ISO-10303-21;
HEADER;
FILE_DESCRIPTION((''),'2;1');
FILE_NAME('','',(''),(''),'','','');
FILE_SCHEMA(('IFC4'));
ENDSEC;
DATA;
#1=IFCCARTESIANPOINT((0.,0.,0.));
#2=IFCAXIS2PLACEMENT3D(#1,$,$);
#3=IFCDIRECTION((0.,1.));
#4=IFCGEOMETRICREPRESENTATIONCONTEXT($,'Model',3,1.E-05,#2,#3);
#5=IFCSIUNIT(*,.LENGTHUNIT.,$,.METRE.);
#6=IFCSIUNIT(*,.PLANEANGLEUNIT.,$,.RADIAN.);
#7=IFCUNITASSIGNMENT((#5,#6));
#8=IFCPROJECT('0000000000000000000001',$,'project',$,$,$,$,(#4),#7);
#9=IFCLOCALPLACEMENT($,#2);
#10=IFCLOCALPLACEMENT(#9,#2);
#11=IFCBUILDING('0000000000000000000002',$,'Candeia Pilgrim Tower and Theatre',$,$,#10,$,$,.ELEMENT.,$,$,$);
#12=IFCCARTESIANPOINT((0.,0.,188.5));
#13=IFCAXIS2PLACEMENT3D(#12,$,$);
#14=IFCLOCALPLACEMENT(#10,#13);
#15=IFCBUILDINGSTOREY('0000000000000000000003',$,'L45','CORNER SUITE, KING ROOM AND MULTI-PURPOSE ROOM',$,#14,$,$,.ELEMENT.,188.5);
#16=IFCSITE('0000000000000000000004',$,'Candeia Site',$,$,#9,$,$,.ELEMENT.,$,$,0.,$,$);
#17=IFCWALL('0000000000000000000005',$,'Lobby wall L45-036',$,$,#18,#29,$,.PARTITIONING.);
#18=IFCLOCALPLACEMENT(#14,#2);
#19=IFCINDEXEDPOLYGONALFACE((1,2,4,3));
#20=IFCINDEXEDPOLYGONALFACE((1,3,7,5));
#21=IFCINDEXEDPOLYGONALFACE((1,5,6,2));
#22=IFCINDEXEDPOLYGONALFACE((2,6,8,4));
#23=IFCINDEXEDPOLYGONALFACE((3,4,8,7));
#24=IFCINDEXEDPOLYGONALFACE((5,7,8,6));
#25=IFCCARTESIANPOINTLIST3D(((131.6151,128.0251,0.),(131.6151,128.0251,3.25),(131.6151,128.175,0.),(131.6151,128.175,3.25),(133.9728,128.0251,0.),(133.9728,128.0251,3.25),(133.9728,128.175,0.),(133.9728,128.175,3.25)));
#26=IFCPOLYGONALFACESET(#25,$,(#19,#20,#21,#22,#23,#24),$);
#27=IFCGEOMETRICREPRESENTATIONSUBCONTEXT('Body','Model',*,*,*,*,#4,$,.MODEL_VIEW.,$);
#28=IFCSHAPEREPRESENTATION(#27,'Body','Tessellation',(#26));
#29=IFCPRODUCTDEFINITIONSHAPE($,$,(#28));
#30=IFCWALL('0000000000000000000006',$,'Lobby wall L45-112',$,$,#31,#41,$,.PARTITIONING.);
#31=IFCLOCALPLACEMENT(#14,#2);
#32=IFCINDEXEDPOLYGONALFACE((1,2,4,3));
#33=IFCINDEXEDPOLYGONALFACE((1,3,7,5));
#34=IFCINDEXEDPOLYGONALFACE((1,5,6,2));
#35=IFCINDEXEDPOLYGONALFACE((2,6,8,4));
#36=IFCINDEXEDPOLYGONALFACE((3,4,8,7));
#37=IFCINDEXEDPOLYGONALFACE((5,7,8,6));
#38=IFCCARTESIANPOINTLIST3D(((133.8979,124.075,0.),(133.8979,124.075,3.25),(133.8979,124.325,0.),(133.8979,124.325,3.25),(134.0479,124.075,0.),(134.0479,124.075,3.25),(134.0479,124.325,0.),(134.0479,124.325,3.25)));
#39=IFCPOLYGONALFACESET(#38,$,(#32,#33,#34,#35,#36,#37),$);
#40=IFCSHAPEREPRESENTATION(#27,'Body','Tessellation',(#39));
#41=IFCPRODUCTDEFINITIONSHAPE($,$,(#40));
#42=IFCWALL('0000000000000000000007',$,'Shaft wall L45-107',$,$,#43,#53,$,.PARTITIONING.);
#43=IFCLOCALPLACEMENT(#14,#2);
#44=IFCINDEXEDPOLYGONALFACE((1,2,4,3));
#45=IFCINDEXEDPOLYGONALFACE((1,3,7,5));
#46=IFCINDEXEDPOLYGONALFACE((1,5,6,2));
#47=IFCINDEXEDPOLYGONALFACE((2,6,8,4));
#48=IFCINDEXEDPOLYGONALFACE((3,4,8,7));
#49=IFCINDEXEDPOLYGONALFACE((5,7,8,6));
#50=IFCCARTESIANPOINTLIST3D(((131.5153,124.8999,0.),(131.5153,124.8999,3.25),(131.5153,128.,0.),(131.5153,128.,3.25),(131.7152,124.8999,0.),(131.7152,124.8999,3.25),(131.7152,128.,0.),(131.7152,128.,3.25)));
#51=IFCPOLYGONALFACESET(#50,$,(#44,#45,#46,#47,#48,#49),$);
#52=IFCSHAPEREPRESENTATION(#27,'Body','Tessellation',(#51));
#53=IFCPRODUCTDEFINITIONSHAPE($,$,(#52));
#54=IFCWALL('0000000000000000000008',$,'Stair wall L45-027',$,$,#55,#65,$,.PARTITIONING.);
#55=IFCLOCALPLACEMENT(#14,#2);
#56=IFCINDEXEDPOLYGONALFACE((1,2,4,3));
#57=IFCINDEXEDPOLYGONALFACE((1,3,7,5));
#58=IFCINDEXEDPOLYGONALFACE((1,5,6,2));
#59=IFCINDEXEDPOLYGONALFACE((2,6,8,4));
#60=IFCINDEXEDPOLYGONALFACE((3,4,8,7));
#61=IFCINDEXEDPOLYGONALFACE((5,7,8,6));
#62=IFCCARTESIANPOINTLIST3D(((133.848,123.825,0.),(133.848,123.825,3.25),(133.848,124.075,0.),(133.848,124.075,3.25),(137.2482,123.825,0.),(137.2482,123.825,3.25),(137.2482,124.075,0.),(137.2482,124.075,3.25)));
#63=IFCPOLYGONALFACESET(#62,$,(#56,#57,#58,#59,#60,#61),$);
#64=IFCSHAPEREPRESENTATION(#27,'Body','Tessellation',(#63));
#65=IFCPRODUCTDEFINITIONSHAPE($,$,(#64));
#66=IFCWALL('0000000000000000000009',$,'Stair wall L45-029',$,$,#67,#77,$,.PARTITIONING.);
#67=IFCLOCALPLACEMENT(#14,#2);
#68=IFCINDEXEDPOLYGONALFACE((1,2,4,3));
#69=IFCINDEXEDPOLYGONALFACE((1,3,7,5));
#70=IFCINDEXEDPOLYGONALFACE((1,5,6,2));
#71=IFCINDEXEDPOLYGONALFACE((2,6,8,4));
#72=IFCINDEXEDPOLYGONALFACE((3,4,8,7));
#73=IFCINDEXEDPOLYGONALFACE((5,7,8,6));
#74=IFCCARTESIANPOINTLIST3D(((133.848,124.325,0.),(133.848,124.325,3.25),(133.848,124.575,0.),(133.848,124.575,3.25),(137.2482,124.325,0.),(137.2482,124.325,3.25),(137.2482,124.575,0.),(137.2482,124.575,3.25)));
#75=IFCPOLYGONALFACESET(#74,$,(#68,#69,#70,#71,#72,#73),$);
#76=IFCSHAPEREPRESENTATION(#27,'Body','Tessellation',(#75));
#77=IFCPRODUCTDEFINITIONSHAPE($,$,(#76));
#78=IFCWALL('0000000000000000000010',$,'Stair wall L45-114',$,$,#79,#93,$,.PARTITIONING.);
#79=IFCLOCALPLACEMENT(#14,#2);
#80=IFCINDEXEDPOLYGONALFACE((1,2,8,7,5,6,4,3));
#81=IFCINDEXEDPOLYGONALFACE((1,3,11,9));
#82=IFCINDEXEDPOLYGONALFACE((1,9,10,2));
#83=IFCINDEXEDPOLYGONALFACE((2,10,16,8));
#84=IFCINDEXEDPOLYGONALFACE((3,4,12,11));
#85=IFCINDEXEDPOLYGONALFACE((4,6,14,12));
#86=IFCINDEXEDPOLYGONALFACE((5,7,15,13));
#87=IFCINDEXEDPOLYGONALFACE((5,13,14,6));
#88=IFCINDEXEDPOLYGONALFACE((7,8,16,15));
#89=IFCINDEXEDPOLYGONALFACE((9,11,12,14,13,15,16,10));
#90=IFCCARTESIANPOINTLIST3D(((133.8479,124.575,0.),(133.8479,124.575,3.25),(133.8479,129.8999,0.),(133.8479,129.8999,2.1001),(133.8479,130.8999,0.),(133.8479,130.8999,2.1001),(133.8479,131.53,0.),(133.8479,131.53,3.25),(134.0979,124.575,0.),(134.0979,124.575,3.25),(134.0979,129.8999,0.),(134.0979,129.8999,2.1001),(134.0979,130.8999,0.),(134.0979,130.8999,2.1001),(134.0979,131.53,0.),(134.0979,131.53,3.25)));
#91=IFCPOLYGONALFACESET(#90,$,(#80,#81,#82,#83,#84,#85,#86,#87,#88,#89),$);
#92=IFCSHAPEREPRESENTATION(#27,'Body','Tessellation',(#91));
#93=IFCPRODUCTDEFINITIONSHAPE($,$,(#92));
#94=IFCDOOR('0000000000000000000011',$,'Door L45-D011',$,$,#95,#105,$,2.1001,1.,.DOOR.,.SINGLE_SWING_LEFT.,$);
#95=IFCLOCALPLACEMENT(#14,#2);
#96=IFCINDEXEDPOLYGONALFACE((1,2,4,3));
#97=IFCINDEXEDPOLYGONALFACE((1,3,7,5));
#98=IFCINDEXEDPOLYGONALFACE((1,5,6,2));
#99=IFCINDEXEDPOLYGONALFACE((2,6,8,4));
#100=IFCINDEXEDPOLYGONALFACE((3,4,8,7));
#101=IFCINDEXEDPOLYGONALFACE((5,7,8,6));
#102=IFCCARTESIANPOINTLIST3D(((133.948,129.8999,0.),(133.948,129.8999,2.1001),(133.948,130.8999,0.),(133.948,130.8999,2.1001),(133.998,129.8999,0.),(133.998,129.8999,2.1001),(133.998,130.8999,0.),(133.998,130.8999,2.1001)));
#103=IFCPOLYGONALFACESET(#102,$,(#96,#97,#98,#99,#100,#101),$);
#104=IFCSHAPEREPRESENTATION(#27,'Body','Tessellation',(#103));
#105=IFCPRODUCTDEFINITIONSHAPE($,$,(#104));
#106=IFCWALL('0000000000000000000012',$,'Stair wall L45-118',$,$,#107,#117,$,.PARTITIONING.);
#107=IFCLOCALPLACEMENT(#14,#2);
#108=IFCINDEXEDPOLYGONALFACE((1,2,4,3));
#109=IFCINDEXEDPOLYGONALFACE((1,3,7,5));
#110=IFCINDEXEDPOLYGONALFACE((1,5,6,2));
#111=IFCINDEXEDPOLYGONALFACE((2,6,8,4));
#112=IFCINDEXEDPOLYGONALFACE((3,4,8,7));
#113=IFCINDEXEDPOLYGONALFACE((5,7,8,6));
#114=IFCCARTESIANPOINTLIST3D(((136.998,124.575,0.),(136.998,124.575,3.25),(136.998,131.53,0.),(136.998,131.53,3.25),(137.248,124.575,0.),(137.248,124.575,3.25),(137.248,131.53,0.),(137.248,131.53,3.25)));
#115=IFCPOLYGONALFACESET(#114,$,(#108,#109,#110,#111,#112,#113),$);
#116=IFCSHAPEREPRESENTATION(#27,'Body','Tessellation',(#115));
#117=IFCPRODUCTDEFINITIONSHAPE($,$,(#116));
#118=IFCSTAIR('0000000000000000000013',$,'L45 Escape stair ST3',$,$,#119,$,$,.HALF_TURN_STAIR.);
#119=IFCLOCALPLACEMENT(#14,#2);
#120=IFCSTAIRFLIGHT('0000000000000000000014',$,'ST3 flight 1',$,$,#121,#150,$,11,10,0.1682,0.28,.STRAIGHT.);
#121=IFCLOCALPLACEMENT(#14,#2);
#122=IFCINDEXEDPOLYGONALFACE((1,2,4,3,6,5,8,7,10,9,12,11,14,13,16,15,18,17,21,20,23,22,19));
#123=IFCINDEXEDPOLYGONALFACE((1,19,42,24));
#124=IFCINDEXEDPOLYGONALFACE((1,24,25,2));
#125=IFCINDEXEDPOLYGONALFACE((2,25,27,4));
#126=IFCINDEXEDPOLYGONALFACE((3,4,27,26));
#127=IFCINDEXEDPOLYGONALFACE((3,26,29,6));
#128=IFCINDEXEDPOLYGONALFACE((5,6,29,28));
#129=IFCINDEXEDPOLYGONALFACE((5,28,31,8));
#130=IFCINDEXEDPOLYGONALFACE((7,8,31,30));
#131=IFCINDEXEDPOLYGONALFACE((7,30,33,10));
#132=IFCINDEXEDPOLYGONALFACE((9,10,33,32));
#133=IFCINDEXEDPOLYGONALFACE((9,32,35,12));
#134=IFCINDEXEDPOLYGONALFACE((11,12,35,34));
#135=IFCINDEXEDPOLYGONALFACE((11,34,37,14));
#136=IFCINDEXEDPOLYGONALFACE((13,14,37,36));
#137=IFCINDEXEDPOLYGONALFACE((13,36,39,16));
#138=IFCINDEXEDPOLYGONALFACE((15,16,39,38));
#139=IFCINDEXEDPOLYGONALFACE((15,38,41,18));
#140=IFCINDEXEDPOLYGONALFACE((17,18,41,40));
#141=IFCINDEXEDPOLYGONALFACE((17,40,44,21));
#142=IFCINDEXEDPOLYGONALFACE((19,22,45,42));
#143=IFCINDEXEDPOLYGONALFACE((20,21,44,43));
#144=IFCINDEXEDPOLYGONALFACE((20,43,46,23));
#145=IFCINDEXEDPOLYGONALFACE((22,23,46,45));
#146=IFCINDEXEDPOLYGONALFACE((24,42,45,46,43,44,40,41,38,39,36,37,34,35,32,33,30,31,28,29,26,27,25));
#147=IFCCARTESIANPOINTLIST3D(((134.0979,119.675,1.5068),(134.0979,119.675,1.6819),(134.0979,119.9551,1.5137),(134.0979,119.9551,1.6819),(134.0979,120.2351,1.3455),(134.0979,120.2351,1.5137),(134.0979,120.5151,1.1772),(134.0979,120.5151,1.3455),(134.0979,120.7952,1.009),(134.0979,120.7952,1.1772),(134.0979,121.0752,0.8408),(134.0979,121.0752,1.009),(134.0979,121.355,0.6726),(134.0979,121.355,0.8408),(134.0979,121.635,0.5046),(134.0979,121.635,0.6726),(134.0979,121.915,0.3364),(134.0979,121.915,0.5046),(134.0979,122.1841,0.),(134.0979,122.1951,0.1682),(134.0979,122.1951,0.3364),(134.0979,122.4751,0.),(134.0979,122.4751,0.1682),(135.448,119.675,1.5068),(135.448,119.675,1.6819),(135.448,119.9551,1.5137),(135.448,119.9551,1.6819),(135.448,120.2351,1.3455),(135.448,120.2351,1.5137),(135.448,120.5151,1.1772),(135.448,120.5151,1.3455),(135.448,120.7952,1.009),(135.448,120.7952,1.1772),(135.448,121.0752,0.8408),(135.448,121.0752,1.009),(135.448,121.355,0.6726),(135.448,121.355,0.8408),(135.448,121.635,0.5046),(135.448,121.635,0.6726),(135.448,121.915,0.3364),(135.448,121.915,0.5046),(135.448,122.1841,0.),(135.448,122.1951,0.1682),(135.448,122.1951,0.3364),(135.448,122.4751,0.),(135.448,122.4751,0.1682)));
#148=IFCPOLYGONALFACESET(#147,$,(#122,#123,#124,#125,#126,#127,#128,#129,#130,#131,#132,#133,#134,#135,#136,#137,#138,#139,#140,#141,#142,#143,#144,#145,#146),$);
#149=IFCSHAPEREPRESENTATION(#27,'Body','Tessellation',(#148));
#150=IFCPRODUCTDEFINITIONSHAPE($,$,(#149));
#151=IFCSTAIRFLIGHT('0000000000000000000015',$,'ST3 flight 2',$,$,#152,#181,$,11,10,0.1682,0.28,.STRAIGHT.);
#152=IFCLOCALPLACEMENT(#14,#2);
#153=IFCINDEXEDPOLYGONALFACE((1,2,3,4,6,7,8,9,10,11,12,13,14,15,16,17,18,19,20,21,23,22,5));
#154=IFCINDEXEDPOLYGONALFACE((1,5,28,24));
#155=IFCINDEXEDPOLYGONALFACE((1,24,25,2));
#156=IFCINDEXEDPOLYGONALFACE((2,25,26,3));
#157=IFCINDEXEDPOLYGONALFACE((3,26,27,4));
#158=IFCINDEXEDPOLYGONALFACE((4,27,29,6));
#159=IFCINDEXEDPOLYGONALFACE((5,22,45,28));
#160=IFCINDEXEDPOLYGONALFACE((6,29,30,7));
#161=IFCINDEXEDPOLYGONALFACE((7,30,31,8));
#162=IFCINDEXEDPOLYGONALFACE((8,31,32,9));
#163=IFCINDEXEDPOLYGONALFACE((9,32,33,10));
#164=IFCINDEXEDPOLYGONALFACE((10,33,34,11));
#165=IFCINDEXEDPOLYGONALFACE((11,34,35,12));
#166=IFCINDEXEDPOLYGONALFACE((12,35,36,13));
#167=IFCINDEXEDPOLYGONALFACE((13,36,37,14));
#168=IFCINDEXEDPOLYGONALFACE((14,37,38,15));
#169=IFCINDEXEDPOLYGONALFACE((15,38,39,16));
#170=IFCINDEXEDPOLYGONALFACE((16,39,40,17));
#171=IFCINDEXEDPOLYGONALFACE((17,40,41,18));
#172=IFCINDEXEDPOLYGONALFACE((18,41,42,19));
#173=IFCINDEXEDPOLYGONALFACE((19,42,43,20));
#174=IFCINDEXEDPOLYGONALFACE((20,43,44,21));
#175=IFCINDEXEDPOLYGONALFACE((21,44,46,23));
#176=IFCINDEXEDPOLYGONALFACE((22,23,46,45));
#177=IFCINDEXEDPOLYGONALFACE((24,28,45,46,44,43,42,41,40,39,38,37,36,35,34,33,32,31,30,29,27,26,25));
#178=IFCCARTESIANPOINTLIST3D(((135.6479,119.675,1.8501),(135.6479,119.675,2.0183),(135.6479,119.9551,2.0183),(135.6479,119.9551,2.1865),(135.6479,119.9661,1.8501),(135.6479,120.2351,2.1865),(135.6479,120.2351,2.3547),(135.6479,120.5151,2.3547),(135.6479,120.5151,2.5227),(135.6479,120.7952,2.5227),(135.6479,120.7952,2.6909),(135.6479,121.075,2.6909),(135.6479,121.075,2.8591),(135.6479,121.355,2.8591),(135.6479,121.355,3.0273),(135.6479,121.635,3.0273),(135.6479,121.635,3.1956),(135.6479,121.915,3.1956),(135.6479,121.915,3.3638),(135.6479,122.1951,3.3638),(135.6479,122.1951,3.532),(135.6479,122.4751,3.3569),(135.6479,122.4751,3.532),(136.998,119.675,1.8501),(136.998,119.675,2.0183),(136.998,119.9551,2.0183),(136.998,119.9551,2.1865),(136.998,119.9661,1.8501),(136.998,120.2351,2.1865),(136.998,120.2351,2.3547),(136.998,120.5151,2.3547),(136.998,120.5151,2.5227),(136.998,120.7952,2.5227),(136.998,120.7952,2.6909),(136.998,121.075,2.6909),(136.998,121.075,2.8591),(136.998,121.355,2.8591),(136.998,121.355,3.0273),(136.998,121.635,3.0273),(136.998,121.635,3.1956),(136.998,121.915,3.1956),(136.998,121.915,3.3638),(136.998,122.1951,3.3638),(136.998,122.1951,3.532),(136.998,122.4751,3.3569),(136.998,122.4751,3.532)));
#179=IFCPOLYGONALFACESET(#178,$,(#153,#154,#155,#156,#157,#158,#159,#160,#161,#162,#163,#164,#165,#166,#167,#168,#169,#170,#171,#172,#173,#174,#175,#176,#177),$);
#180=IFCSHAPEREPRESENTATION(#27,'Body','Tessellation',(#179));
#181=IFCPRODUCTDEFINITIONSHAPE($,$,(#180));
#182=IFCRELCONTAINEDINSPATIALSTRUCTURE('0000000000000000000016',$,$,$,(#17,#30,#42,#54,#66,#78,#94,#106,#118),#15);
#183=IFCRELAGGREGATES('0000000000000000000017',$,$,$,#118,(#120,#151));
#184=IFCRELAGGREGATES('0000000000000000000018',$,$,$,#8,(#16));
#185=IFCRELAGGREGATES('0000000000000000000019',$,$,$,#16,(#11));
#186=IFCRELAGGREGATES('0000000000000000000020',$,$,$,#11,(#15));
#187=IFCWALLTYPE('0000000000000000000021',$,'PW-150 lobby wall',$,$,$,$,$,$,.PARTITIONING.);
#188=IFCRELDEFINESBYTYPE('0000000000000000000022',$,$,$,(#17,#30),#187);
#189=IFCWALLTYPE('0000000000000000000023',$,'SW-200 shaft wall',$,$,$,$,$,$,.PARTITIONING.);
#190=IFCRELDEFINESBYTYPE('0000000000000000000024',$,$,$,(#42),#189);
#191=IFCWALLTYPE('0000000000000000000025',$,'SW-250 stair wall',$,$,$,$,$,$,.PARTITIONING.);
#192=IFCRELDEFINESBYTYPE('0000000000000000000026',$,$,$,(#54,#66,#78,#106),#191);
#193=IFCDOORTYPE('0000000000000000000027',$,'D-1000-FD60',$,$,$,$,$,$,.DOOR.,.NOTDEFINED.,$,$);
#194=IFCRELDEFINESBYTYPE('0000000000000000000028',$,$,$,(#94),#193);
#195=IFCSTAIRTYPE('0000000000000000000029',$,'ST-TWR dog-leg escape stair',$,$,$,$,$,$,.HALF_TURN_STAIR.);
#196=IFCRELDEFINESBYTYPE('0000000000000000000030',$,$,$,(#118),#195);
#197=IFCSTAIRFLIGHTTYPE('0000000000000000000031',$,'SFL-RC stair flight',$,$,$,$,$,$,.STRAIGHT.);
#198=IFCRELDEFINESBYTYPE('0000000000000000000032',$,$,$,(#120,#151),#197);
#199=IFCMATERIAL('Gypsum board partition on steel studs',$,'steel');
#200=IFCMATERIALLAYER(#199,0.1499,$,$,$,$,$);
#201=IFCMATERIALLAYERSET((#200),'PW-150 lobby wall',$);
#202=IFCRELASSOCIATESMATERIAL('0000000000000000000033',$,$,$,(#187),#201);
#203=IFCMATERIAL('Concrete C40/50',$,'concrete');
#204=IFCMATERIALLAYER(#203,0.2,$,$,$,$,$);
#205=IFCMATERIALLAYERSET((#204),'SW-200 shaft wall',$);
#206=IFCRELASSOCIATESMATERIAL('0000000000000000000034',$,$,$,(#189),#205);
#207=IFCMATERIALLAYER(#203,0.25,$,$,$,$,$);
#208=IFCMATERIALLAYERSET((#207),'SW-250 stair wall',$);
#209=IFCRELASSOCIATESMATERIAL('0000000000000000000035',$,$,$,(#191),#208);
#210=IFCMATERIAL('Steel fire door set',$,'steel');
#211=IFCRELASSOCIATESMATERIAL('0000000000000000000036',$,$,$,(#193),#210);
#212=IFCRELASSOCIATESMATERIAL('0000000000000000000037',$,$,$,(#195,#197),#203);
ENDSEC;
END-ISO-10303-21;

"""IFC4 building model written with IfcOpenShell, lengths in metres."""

from ifc_helpers import new_model, si_unit, direction, frame, frame_2d, origin, place, context, subcontext, project, spatial, polyline, rectangle, outline, extrude, material, layer, layer_set, type_object, element, fill, aggregate, save


model = new_model("IFC4")

# Units and contexts
model_context = context("Model", 3, precision=1e-05, world=origin(), true_north=direction((0.0, 1.0)))
body_context = subcontext(model_context, "Body", "Model", "MODEL_VIEW")
ifc_project = project(units=[si_unit("LENGTHUNIT", "METRE"), si_unit("PLANEANGLEUNIT", "RADIAN")], contexts=[model_context])

# Site, building, storey
site_placement = place(None, origin())
site = spatial("IfcSite", under=ifc_project, at=site_placement, Name="Candeia Site", CompositionType="ELEMENT", RefElevation=0.0)
building_placement = place(site_placement, origin())
building = spatial("IfcBuilding", under=site, at=building_placement, Name="Candeia Pilgrim Tower and Theatre", CompositionType="ELEMENT")
storey_placement = place(building_placement, frame((0.0, 0.0, 188.5)))
storey = spatial("IfcBuildingStorey", under=building, at=storey_placement, Name="L45", Description="CORNER SUITE, KING ROOM AND MULTI-PURPOSE ROOM", CompositionType="ELEMENT", Elevation=188.5)

# Walls
ifc_material_1 = material(Name="Gypsum board partition on steel studs", Category="steel")
ifc_layer_1 = layer(ifc_material_1, 0.1499)
ifc_layer_set_1 = layer_set([ifc_layer_1], Name="PW-150 lobby wall")
wall_type_1 = type_object("IfcWallType", Name="PW-150 lobby wall", PredefinedType="PARTITIONING", material=ifc_layer_set_1)
wall_1_placement = place(storey_placement, frame((131.6152, 128.1001, 0.0), z_axis=(0.0, 0.0, 1.0), x_axis=(1.0, 0.0, 0.0)))
element("IfcWall", 1, at=wall_1_placement, inside=storey, type_object=wall_type_1, Name="Lobby wall L45-036", PredefinedType="PARTITIONING", context=body_context, shape_type="SweptSolid", body=[
    extrude(rectangle(XDim=2.3577, YDim=0.1499, at=frame_2d((1.1787, 0.0))), origin(), (0.0, 0.0, 1.0), 3.25),
])
wall_2_placement = place(storey_placement, frame((133.9729, 124.075, 0.0), z_axis=(0.0, 0.0, 1.0), x_axis=(0.0, 1.0, 0.0)))
element("IfcWall", 2, at=wall_2_placement, inside=storey, type_object=wall_type_1, Name="Lobby wall L45-112", PredefinedType="PARTITIONING", context=body_context, shape_type="SweptSolid", body=[
    extrude(rectangle(XDim=0.25, YDim=0.1499, at=frame_2d((0.125, 0.0))), origin(), (0.0, 0.0, 1.0), 3.25),
])
ifc_material_2 = material(Name="Concrete C40/50", Category="concrete")
ifc_layer_2 = layer(ifc_material_2, 0.2)
ifc_layer_set_2 = layer_set([ifc_layer_2], Name="SW-200 shaft wall")
wall_type_2 = type_object("IfcWallType", Name="SW-200 shaft wall", PredefinedType="PARTITIONING", material=ifc_layer_set_2)
wall_3_placement = place(storey_placement, frame((131.6152, 124.8999, 0.0), z_axis=(0.0, 0.0, 1.0), x_axis=(0.0, 1.0, 0.0)))
element("IfcWall", 3, at=wall_3_placement, inside=storey, type_object=wall_type_2, Name="Shaft wall L45-107", PredefinedType="PARTITIONING", context=body_context, shape_type="SweptSolid", body=[
    extrude(rectangle(XDim=3.1001, YDim=0.2, at=frame_2d((1.55, 0.0))), origin(), (0.0, 0.0, 1.0), 3.25),
])
ifc_layer_3 = layer(ifc_material_2, 0.25)
ifc_layer_set_3 = layer_set([ifc_layer_3], Name="SW-250 stair wall")
wall_type_3 = type_object("IfcWallType", Name="SW-250 stair wall", PredefinedType="PARTITIONING", material=ifc_layer_set_3)
for number, where, z_axis, x_axis, name in (
    (4, (133.8479, 123.95, 0.0), (0.0, 0.0, 1.0), (1.0, 0.0, 0.0), "Stair wall L45-027"),
    (5, (133.8479, 124.45, 0.0), (0.0, 0.0, 1.0), (1.0, 0.0, 0.0), "Stair wall L45-029"),
):
    element("IfcWall", number, at=place(storey_placement, frame(where, z_axis=z_axis, x_axis=x_axis)), inside=storey, type_object=wall_type_3, Name=name, PredefinedType="PARTITIONING", context=body_context, shape_type="SweptSolid", body=[
        extrude(rectangle(XDim=3.4001, YDim=0.25, at=frame_2d((1.7002, 0.0))), origin(), (0.0, 0.0, 1.0), 3.25),
    ])

# Wall, opening, door
wall_4_placement = place(storey_placement, frame((133.9729, 124.575, 0.0), z_axis=(0.0, 0.0, 1.0), x_axis=(0.0, 1.0, 0.0)))
wall_4 = element("IfcWall", 6, at=wall_4_placement, inside=storey, type_object=wall_type_3, Name="Stair wall L45-114", PredefinedType="PARTITIONING", context=body_context, shape_type="SweptSolid", body=[
    extrude(rectangle(XDim=6.9551, YDim=0.25, at=frame_2d((3.4775, 0.0))), origin(), (0.0, 0.0, 1.0), 3.25),
])
opening_placement = place(wall_4_placement, frame((5.325, 0.0, 0.0)))
opening = element("IfcOpeningElement", 7, at=opening_placement, cuts=wall_4, PredefinedType="OPENING", context=body_context, shape_type="SweptSolid", body=[
    extrude(rectangle(XDim=1.0, YDim=2.1001, at=frame_2d((0.5, 1.05))), frame((0.0, 0.135, 0.0), z_axis=(0.0, -1.0, 0.0), x_axis=(1.0, 0.0, 0.0)), (0.0, 0.0, 1.0), 0.27),
])
ifc_material_3 = material(Name="Steel fire door set", Category="steel")
door_type = type_object("IfcDoorType", Name="D-1000-FD60", OperationType="NOTDEFINED", PredefinedType="DOOR", material=ifc_material_3)
door_placement = place(opening_placement, origin())
door = element("IfcDoor", 8, at=door_placement, inside=storey, type_object=door_type, Name="Door L45-D011", OperationType="SINGLE_SWING_LEFT", OverallHeight=2.1001, OverallWidth=1.0, PredefinedType="DOOR", context=body_context, shape_type="SweptSolid", body=[
    extrude(rectangle(XDim=1.0, YDim=2.1001, at=frame_2d((0.5, 1.05))), frame((0.0, 0.0249, 0.0), z_axis=(0.0, -1.0, 0.0), x_axis=(1.0, 0.0, 0.0)), (0.0, 0.0, 1.0), 0.05),
])
fill(opening, door)

# Wall
wall_5_placement = place(storey_placement, frame((137.123, 124.575, 0.0), z_axis=(0.0, 0.0, 1.0), x_axis=(0.0, 1.0, 0.0)))
element("IfcWall", 9, at=wall_5_placement, inside=storey, type_object=wall_type_3, Name="Stair wall L45-118", PredefinedType="PARTITIONING", context=body_context, shape_type="SweptSolid", body=[
    extrude(rectangle(XDim=6.9551, YDim=0.25, at=frame_2d((3.4775, 0.0))), origin(), (0.0, 0.0, 1.0), 3.25),
])

# Stair, stair flights
stair_type = type_object("IfcStairType", Name="ST-TWR dog-leg escape stair", PredefinedType="HALF_TURN_STAIR", material=ifc_material_2)
stair_1_placement = place(storey_placement, origin())
stair_1 = element("IfcStair", 10, at=stair_1_placement, inside=storey, type_object=stair_type, Name="L45 Escape stair ST3", PredefinedType="HALF_TURN_STAIR")
stair_flight_type = type_object("IfcStairFlightType", Name="SFL-RC stair flight", PredefinedType="STRAIGHT", material=ifc_material_2)
stair_flight_1_placement = place(storey_placement, frame((134.7729, 122.4751, 0.0), z_axis=(0.0, 0.0, 1.0), x_axis=(0.0, -1.0, 0.0)))
stair_flight_1 = element("IfcStairFlight", 11, at=stair_flight_1_placement, type_object=stair_flight_type, Name="ST3 flight 1", NumberOfRisers=11, NumberOfTreads=10, PredefinedType="STRAIGHT", RiserHeight=0.1682, TreadLength=0.28, context=body_context, shape_type="SweptSolid", body=[
    extrude(outline(polyline([(0.0, 0.0), (0.0, 0.1682), (0.28, 0.1682), (0.28, 0.3364), (0.5601, 0.3364), (0.5601, 0.5046), (0.8401, 0.5046), (0.8401, 0.6726), (1.1201, 0.6726), (1.1201, 0.8408), (1.3999, 0.8408), (1.3999, 1.009), (1.6799, 1.009), (1.6799, 1.1772), (1.96, 1.1772), (1.96, 1.3455), (2.24, 1.3455), (2.24, 1.5137), (2.52, 1.5137), (2.52, 1.6819), (2.8, 1.6819), (2.8, 1.8501), (2.8, 1.5068), (0.291, 0.0), (0.0, 0.0)])), frame((0.0, 0.675, 0.0), z_axis=(0.0, -1.0, 0.0), x_axis=(1.0, 0.0, 0.0)), (0.0, 0.0, 1.0), 1.3501),
])
stair_flight_2_placement = place(storey_placement, frame((136.323, 119.675, 1.8501), z_axis=(0.0, 0.0, 1.0), x_axis=(0.0, 1.0, 0.0)))
stair_flight_2 = element("IfcStairFlight", 12, at=stair_flight_2_placement, type_object=stair_flight_type, Name="ST3 flight 2", NumberOfRisers=11, NumberOfTreads=10, PredefinedType="STRAIGHT", RiserHeight=0.1682, TreadLength=0.28, context=body_context, shape_type="SweptSolid", body=[
    extrude(outline(polyline([(0.0, 0.0), (0.0, 0.1682), (0.28, 0.1682), (0.28, 0.3364), (0.5601, 0.3364), (0.5601, 0.5046), (0.8401, 0.5046), (0.8401, 0.6726), (1.1201, 0.6726), (1.1201, 0.8408), (1.3999, 0.8408), (1.3999, 1.009), (1.6799, 1.009), (1.6799, 1.1772), (1.96, 1.1772), (1.96, 1.3455), (2.24, 1.3455), (2.24, 1.5137), (2.52, 1.5137), (2.52, 1.6819), (2.8, 1.6819), (2.8, 1.8501), (2.8, 1.5068), (0.291, 0.0), (0.0, 0.0)])), frame((0.0, 0.675, 0.0), z_axis=(0.0, -1.0, 0.0), x_axis=(1.0, 0.0, 0.0)), (0.0, 0.0, 1.0), 1.3501),
])
aggregate(stair_1, [stair_flight_1, stair_flight_2])

save(model, "model.ifc")
